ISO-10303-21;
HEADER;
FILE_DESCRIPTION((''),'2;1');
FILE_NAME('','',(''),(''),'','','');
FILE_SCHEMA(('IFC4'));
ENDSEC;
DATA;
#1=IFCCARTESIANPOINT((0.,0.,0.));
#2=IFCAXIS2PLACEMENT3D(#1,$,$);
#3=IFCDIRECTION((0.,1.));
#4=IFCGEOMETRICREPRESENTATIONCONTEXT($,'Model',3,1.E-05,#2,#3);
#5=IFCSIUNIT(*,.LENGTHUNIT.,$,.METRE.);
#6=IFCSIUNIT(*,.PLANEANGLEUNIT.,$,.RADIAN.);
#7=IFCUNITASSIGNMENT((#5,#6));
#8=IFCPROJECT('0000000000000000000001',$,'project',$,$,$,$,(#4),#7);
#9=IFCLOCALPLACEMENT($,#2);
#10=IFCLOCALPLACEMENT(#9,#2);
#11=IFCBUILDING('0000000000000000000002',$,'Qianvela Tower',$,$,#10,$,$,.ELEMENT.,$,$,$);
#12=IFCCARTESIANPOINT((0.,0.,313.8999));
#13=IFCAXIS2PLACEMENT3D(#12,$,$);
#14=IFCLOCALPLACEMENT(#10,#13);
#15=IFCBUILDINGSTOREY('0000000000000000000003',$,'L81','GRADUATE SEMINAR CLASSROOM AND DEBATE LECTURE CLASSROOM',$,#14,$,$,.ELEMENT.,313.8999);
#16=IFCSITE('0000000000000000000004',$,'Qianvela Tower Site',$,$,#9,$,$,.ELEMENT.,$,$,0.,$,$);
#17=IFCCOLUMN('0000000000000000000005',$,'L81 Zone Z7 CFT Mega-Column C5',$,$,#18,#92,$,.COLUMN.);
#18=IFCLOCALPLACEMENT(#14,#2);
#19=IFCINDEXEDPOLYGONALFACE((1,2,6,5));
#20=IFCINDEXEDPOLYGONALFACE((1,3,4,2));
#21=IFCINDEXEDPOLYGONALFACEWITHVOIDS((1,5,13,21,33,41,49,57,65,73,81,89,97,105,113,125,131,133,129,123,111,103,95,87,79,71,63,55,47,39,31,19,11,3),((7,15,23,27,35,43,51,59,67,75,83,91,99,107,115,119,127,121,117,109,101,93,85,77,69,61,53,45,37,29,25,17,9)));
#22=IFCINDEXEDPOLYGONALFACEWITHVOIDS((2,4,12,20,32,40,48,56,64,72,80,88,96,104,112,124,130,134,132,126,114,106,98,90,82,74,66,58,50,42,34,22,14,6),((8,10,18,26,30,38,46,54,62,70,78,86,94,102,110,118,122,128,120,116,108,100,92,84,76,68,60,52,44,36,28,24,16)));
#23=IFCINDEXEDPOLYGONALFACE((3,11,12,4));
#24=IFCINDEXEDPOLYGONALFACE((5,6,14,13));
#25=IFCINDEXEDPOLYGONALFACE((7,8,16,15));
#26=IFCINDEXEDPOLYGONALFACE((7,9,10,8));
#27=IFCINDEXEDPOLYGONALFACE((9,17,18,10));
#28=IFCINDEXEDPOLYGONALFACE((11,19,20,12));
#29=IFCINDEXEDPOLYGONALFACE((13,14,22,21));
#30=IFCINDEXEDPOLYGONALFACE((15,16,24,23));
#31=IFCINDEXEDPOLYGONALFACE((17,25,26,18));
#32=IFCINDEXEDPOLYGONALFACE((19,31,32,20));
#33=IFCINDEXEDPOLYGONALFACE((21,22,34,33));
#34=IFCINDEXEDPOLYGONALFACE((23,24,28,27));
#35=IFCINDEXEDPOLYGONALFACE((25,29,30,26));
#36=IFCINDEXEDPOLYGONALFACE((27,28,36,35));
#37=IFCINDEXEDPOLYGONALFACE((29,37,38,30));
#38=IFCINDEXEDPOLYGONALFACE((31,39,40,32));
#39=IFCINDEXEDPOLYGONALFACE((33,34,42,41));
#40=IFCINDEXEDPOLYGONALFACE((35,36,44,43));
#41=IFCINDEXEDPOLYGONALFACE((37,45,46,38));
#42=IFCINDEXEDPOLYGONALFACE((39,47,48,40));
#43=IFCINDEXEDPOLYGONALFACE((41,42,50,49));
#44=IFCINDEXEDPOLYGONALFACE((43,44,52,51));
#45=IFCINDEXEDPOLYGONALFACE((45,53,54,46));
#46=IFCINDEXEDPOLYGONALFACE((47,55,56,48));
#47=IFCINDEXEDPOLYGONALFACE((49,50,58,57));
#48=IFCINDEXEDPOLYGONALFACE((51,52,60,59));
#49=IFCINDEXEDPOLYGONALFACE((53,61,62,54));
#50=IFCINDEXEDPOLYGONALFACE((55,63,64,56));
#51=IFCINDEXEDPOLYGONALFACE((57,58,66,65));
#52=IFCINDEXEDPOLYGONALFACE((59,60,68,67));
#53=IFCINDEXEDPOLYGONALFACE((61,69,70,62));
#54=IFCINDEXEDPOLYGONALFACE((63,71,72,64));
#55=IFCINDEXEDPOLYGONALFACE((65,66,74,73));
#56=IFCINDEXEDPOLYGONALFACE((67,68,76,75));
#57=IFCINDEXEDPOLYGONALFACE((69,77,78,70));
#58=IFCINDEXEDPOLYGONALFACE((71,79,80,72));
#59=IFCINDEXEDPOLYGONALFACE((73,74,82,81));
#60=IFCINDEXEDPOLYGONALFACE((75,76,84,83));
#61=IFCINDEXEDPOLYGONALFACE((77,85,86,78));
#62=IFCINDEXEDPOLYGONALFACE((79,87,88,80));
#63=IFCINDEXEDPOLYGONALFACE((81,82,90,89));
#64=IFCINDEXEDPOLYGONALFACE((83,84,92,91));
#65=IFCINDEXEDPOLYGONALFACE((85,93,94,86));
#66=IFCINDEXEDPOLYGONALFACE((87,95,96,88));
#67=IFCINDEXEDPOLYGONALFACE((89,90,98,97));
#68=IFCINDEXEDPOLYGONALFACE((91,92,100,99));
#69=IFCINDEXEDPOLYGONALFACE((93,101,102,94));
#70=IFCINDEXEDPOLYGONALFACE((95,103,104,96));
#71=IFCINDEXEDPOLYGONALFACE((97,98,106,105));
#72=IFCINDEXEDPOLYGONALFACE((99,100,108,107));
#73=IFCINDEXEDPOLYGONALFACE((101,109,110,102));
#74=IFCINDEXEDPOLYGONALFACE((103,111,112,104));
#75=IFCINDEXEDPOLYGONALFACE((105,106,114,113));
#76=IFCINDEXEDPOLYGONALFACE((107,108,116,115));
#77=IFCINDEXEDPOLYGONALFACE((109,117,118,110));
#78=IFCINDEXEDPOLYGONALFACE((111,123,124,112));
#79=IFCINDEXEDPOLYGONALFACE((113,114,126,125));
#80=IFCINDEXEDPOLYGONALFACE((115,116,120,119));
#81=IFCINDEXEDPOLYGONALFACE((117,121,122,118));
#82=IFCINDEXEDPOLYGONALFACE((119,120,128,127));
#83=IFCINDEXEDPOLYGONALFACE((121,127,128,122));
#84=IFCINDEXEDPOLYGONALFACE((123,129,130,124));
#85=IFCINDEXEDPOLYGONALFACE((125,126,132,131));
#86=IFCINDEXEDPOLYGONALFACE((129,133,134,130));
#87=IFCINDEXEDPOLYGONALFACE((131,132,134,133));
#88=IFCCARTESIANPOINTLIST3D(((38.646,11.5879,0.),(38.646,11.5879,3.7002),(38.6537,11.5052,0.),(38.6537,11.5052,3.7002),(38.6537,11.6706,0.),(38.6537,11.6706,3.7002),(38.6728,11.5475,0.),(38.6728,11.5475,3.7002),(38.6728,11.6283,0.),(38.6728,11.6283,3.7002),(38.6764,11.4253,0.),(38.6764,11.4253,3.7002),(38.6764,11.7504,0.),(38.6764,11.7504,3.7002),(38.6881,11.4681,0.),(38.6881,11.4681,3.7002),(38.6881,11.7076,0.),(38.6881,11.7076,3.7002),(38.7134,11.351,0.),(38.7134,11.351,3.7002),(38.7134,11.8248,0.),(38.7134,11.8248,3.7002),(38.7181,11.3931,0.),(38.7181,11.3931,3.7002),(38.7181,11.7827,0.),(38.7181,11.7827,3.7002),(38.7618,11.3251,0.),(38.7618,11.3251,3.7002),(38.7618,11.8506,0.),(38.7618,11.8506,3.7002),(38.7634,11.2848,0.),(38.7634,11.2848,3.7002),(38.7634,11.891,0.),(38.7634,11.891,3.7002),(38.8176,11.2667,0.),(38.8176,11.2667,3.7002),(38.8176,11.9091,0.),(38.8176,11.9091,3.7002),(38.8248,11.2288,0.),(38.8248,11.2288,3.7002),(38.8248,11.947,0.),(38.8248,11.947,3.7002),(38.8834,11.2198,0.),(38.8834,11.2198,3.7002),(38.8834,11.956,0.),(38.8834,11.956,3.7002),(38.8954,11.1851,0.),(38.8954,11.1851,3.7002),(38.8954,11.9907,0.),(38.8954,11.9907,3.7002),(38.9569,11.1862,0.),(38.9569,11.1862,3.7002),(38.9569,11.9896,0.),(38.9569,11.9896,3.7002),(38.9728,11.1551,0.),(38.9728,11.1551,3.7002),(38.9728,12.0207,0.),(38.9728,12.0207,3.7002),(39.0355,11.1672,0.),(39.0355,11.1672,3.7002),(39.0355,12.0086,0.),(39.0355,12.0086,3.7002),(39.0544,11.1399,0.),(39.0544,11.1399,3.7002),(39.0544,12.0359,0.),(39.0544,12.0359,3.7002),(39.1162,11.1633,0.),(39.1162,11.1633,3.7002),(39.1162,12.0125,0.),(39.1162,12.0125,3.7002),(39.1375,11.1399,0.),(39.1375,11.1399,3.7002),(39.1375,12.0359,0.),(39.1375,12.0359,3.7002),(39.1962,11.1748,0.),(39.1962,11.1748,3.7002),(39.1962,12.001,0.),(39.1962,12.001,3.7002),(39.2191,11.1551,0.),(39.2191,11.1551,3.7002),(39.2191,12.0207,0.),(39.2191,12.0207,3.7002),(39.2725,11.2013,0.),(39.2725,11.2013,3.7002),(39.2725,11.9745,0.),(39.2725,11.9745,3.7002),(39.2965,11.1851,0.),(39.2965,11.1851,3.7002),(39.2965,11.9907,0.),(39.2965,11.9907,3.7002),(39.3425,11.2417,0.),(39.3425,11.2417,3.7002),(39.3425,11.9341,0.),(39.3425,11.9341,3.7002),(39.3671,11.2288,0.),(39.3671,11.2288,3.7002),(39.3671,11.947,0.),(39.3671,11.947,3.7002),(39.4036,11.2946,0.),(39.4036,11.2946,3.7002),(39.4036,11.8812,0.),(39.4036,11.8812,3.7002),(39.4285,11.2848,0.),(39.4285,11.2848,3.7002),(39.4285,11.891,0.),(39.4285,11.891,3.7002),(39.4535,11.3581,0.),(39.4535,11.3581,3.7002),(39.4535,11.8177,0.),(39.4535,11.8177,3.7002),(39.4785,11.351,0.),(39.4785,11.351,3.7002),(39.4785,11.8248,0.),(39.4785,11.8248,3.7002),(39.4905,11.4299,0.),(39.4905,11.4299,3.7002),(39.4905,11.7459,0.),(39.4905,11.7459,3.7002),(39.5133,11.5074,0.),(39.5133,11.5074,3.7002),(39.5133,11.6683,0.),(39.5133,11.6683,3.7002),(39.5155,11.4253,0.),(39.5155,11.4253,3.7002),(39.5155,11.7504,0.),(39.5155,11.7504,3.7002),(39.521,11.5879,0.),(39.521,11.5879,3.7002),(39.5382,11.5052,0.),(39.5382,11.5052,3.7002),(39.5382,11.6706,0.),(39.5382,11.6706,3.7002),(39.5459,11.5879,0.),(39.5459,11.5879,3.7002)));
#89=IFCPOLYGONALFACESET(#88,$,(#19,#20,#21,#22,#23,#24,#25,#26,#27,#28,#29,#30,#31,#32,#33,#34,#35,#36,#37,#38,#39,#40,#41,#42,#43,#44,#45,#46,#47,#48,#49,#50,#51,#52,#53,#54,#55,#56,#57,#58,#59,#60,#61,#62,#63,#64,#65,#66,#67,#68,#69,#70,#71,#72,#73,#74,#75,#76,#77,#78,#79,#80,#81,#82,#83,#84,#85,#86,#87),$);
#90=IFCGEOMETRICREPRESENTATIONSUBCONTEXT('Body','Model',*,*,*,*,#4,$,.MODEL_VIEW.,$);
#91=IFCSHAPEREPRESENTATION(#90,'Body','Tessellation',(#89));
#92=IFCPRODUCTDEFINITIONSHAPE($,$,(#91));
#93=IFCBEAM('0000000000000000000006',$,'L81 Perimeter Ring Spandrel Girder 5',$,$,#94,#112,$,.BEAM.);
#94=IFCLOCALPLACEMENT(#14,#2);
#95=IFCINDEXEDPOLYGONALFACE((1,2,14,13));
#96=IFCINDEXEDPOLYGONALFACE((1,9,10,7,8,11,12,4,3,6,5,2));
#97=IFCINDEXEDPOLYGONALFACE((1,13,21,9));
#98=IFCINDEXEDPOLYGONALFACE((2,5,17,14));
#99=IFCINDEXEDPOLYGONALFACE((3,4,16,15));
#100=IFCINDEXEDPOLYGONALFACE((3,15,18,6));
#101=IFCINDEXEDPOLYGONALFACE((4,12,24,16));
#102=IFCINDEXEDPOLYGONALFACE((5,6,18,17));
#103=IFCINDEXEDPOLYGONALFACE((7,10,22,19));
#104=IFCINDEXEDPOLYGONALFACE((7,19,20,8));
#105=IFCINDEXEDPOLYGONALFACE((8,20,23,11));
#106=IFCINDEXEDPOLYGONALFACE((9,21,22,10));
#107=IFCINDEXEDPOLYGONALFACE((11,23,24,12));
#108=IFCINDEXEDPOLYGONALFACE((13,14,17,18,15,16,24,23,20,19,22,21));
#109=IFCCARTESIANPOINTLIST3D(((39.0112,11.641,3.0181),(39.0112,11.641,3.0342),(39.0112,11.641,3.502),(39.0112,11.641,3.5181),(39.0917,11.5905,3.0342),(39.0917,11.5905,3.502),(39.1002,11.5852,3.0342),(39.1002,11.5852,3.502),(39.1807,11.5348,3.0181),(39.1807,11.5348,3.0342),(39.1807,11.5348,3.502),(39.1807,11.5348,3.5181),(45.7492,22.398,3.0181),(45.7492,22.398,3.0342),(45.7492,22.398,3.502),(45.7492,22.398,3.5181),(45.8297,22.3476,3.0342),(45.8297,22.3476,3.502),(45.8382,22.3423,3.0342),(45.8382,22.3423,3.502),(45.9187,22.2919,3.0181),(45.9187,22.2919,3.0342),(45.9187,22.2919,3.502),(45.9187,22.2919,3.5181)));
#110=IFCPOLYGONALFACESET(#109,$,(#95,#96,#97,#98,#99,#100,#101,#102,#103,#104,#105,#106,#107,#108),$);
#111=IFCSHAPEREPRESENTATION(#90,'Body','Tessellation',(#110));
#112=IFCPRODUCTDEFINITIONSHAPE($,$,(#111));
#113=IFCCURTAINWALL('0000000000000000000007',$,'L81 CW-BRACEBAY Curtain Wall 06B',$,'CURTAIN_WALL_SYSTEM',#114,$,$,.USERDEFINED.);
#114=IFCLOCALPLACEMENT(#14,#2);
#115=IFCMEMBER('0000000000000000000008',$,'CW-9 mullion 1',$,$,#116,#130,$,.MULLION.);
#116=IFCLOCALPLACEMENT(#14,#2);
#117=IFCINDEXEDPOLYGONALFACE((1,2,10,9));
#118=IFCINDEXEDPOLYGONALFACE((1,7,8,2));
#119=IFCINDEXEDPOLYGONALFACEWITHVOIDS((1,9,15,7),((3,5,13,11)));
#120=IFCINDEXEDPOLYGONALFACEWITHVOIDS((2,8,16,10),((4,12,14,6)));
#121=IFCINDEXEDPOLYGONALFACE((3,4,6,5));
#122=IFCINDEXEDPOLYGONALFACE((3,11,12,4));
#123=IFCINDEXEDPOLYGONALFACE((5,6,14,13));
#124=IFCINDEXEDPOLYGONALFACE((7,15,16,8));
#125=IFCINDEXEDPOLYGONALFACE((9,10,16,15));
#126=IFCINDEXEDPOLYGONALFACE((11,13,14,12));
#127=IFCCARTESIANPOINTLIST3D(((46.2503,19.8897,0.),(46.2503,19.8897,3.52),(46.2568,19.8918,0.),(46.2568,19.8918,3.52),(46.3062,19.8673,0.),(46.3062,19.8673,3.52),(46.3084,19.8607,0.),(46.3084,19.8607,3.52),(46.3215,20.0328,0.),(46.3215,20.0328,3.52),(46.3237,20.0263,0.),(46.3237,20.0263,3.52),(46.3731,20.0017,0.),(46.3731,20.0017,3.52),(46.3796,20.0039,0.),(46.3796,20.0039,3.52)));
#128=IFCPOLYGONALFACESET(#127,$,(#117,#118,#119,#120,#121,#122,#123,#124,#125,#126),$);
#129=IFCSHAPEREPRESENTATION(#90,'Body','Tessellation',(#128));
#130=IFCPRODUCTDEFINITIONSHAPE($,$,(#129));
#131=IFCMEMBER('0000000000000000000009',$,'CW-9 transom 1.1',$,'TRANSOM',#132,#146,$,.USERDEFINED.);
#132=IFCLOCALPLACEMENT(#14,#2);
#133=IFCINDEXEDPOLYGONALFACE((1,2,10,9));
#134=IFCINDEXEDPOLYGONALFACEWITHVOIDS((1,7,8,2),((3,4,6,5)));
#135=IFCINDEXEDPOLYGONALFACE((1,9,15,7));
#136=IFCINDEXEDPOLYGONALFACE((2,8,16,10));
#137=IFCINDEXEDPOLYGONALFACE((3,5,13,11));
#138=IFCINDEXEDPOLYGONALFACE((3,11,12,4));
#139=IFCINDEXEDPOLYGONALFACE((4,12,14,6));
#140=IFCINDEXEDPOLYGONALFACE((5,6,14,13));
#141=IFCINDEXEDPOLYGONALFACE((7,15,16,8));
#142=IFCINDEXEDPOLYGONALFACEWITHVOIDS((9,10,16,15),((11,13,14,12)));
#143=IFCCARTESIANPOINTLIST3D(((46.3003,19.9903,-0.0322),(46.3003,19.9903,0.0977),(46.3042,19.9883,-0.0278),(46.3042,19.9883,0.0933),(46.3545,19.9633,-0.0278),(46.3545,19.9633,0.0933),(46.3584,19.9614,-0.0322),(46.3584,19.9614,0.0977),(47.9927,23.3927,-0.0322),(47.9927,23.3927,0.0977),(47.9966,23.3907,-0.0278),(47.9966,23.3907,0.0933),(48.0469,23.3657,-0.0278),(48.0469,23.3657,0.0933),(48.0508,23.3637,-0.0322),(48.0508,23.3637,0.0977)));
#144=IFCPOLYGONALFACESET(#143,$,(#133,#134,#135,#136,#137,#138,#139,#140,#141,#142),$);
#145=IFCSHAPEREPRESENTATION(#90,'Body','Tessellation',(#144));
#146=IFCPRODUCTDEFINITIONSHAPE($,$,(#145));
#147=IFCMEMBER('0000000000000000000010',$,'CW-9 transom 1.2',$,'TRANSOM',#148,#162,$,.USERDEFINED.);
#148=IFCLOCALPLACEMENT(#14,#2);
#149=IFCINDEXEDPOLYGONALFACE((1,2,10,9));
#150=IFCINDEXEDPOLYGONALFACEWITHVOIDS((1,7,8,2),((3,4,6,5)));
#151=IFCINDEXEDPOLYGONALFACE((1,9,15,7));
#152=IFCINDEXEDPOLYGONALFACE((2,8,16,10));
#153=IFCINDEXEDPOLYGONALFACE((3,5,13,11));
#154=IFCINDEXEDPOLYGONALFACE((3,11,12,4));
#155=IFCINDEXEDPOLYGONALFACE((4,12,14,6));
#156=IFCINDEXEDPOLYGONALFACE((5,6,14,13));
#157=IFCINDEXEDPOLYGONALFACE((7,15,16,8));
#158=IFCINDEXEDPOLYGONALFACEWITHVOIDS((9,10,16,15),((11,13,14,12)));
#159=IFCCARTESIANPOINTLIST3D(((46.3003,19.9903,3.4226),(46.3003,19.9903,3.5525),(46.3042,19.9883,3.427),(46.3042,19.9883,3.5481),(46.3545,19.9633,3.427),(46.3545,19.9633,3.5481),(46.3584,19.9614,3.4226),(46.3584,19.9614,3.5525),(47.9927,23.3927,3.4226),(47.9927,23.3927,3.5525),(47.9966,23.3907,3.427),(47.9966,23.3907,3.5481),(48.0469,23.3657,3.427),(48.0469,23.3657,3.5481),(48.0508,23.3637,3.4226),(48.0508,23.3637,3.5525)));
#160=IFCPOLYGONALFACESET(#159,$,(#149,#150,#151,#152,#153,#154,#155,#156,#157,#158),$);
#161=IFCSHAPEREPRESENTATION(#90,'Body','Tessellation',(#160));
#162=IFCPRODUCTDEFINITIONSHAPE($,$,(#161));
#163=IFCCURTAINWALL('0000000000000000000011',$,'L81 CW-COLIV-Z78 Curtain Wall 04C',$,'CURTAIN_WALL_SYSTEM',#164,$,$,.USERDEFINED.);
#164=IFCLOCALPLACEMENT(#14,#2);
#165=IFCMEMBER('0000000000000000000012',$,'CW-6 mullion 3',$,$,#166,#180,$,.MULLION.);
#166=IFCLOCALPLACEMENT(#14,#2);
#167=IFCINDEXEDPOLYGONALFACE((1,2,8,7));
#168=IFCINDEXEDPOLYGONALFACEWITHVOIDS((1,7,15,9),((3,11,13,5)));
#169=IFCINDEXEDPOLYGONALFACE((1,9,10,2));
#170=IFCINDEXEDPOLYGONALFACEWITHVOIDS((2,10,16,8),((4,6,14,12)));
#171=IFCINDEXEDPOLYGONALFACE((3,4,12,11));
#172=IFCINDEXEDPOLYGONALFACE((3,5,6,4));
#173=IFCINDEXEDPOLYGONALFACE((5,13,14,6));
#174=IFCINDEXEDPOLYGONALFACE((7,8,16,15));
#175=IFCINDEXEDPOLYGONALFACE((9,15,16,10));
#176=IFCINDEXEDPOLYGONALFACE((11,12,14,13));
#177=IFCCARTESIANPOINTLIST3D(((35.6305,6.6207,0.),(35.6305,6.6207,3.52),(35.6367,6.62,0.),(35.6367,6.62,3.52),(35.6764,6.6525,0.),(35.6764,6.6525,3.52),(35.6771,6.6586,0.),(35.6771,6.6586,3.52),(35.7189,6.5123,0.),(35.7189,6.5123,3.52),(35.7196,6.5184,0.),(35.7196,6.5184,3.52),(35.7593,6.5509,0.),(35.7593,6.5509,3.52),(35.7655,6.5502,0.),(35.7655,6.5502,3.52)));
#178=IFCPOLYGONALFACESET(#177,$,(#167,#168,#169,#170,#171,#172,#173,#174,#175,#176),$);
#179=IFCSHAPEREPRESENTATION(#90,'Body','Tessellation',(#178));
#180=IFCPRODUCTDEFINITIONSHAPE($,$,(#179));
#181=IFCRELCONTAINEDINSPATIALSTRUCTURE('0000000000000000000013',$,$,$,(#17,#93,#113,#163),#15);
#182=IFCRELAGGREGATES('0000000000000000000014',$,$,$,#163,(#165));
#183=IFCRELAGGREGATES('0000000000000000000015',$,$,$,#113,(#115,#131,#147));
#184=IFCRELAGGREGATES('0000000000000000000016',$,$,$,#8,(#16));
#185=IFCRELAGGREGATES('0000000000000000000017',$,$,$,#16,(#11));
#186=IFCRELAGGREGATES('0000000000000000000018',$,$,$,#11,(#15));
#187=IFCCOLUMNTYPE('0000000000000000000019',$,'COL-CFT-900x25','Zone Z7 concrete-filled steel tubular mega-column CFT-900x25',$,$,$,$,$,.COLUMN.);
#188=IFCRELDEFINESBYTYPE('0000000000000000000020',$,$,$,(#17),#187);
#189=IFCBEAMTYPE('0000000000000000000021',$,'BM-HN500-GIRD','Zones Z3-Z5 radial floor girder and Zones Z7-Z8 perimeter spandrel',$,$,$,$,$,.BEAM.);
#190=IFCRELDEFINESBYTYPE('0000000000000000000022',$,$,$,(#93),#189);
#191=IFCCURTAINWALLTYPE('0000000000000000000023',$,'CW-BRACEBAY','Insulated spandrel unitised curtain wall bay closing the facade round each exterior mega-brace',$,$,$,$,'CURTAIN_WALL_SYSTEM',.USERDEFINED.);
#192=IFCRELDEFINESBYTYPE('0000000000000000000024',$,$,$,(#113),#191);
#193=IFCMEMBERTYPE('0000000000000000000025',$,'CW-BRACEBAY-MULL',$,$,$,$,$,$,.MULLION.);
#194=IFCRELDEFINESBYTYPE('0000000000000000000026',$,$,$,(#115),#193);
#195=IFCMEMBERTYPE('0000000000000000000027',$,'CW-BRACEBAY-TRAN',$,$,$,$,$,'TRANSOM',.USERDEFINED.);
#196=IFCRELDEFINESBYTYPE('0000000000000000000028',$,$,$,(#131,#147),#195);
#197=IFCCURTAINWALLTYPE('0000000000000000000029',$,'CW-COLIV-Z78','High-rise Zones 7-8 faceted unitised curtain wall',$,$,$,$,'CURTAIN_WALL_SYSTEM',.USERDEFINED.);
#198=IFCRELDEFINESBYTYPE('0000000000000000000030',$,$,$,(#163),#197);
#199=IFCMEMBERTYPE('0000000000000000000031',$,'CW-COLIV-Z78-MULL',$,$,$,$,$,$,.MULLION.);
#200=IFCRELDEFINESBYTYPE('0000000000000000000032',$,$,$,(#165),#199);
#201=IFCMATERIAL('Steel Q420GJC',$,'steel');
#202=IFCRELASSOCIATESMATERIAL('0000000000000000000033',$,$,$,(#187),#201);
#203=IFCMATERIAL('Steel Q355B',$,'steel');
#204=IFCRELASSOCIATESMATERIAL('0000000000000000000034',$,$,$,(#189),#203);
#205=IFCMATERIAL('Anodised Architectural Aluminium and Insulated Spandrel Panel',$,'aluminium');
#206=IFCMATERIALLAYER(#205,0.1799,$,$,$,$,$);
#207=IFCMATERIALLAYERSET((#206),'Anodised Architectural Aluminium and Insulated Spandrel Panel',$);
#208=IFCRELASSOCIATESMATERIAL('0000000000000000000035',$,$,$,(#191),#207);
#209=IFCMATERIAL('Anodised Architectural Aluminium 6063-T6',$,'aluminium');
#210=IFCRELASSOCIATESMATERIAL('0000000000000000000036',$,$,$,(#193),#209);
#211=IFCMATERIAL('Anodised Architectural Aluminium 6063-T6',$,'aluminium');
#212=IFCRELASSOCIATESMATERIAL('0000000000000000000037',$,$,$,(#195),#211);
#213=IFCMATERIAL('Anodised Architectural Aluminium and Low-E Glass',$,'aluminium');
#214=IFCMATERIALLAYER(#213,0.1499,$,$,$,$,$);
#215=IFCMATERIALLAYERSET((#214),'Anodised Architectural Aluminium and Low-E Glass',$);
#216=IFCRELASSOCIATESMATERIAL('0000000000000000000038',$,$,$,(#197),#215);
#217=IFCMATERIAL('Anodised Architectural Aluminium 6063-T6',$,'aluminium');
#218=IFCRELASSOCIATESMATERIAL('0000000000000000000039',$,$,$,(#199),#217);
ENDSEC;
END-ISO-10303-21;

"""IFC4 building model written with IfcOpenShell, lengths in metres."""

from ifc_helpers import new_model, si_unit, direction, frame, origin, origin_2d, place, context, subcontext, project, spatial, hollow_rectangle, hollow_circle, i_section, extrude, material, layer, layer_set, material_profile, profile_set, type_object, element, aggregate, save


model = new_model("IFC4")

# Units and contexts
model_context = context("Model", 3, precision=1e-05, world=origin(), true_north=direction((0.0, 1.0)))
body_context = subcontext(model_context, "Body", "Model", "MODEL_VIEW")
ifc_project = project(units=[si_unit("LENGTHUNIT", "METRE"), si_unit("PLANEANGLEUNIT", "RADIAN")], contexts=[model_context])

# Site, building, storey
site_placement = place(None, origin())
site = spatial("IfcSite", under=ifc_project, at=site_placement, Name="Qianvela Tower Site", CompositionType="ELEMENT", RefElevation=0.0)
building_placement = place(site_placement, origin())
building = spatial("IfcBuilding", under=site, at=building_placement, Name="Qianvela Tower", CompositionType="ELEMENT")
storey_placement = place(building_placement, frame((0.0, 0.0, 313.8999)))
storey = spatial("IfcBuildingStorey", under=building, at=storey_placement, Name="L81", Description="GRADUATE SEMINAR CLASSROOM AND DEBATE LECTURE CLASSROOM", CompositionType="ELEMENT", Elevation=313.8999)

# Column
ifc_material_1 = material(Name="Steel Q420GJC", Category="steel")
ifc_material_profile_1 = material_profile(ifc_material_1, hollow_circle(Radius=0.45, WallThickness=0.0249, at=origin_2d()), Name="CFT-900x25")
ifc_profile_set_1 = profile_set([ifc_material_profile_1], Name="Steel Q420GJC")
column_type = type_object("IfcColumnType", Name="COL-CFT-900x25", Description="Zone Z7 concrete-filled steel tubular mega-column CFT-900x25", PredefinedType="COLUMN", material=ifc_profile_set_1)
column_placement = place(storey_placement, frame((39.0959, 11.5879, 0.0), z_axis=(0.0, 0.0, 1.0), x_axis=(1.0, 0.0, 0.0)))
element("IfcColumn", 1, at=column_placement, inside=storey, type_object=column_type, Name="L81 Zone Z7 CFT Mega-Column C5", PredefinedType="COLUMN", context=body_context, shape_type="SweptSolid", body=[
    extrude(hollow_circle(Radius=0.45, WallThickness=0.0249, at=origin_2d()), origin(), (0.0, 0.0, 1.0), 3.7002),
])

# Beam
ifc_material_2 = material(Name="Steel Q355B", Category="steel")
ifc_material_profile_2 = material_profile(ifc_material_2, i_section(OverallWidth=0.2, OverallDepth=0.5, WebThickness=0.01, FlangeThickness=0.0161, at=origin_2d()), Name="HN500x200x10x16")
ifc_profile_set_2 = profile_set([ifc_material_profile_2], Name="Steel Q355B")
beam_type = type_object("IfcBeamType", Name="BM-HN500-GIRD", Description="Zones Z3-Z5 radial floor girder and Zones Z7-Z8 perimeter spandrel", PredefinedType="BEAM", material=ifc_profile_set_2)
beam_placement = place(storey_placement, frame((39.0959, 11.5879, 3.2681), z_axis=(0.530841, 0.847472, 0.0), x_axis=(-0.847472, 0.530841, 0.0)))
element("IfcBeam", 2, at=beam_placement, inside=storey, type_object=beam_type, Name="L81 Perimeter Ring Spandrel Girder 5", PredefinedType="BEAM", context=body_context, shape_type="SweptSolid", body=[
    extrude(i_section(OverallWidth=0.2, OverallDepth=0.5, WebThickness=0.01, FlangeThickness=0.0161, at=origin_2d()), origin(), (0.0, 0.0, 1.0), 12.6931),
])

# Curtain wall, members
ifc_material_3 = material(Name="Anodised Architectural Aluminium and Insulated Spandrel Panel", Category="aluminium")
ifc_layer_1 = layer(ifc_material_3, 0.1799)
ifc_layer_set_1 = layer_set([ifc_layer_1], Name="Anodised Architectural Aluminium and Insulated Spandrel Panel")
curtain_wall_type_1 = type_object("IfcCurtainWallType", Name="CW-BRACEBAY", Description="Insulated spandrel unitised curtain wall bay closing the facade round each exterior mega-brace", ElementType="CURTAIN_WALL_SYSTEM", PredefinedType="USERDEFINED", material=ifc_layer_set_1)
curtain_wall_1_placement = place(storey_placement, origin())
curtain_wall_1 = element("IfcCurtainWall", 3, at=curtain_wall_1_placement, inside=storey, type_object=curtain_wall_type_1, Name="L81 CW-BRACEBAY Curtain Wall 06B", ObjectType="CURTAIN_WALL_SYSTEM", PredefinedType="USERDEFINED")
ifc_material_4 = material(Name="Anodised Architectural Aluminium 6063-T6", Category="aluminium")
ifc_material_profile_3 = material_profile(ifc_material_4, hollow_rectangle(XDim=0.0649, YDim=0.1599, WallThickness=0.0049, at=origin_2d()), Name="ALU-MULL-65x160")
ifc_profile_set_3 = profile_set([ifc_material_profile_3], Name="Anodised Architectural Aluminium 6063-T6")
member_type_1 = type_object("IfcMemberType", Name="CW-BRACEBAY-MULL", PredefinedType="MULLION", material=ifc_profile_set_3)
member_1_placement = place(storey_placement, frame((46.3149, 19.9468, 0.0), z_axis=(0.0, 0.0, 1.0), x_axis=(-0.895346, 0.44537, 0.0)))
member_1 = element("IfcMember", 4, at=member_1_placement, type_object=member_type_1, Name="CW-9 mullion 1", PredefinedType="MULLION", context=body_context, shape_type="SweptSolid", body=[
    extrude(hollow_rectangle(XDim=0.0649, YDim=0.1599, WallThickness=0.0049, at=origin_2d()), origin(), (0.0, 0.0, 1.0), 3.52),
])
ifc_material_5 = material(Name="Anodised Architectural Aluminium 6063-T6", Category="aluminium")
ifc_material_profile_4 = material_profile(ifc_material_5, hollow_rectangle(XDim=0.0649, YDim=0.1299, WallThickness=0.0044, at=origin_2d()), Name="ALU-TRAN-65x130")
ifc_profile_set_4 = profile_set([ifc_material_profile_4], Name="Anodised Architectural Aluminium 6063-T6")
member_type_2 = type_object("IfcMemberType", Name="CW-BRACEBAY-TRAN", ElementType="TRANSOM", PredefinedType="USERDEFINED", material=ifc_profile_set_4)
member_2_placement = place(storey_placement, frame((46.3293, 19.9758, 0.0327), z_axis=(0.445362, 0.89535, 0.0), x_axis=(-0.89535, 0.445362, 0.0)))
member_2 = element("IfcMember", 5, at=member_2_placement, type_object=member_type_2, Name="CW-9 transom 1.1", ObjectType="TRANSOM", PredefinedType="USERDEFINED", context=body_context, shape_type="SweptSolid", body=[
    extrude(hollow_rectangle(XDim=0.0649, YDim=0.1299, WallThickness=0.0044, at=origin_2d()), origin(), (0.0, 0.0, 1.0), 3.8),
])
member_3_placement = place(storey_placement, frame((46.3293, 19.9758, 3.4875), z_axis=(0.445362, 0.89535, 0.0), x_axis=(-0.89535, 0.445362, 0.0)))
member_3 = element("IfcMember", 6, at=member_3_placement, type_object=member_type_2, Name="CW-9 transom 1.2", ObjectType="TRANSOM", PredefinedType="USERDEFINED", context=body_context, shape_type="SweptSolid", body=[
    extrude(hollow_rectangle(XDim=0.0649, YDim=0.1299, WallThickness=0.0044, at=origin_2d()), origin(), (0.0, 0.0, 1.0), 3.8),
])

# Curtain wall, member
ifc_material_6 = material(Name="Anodised Architectural Aluminium and Low-E Glass", Category="aluminium")
ifc_layer_2 = layer(ifc_material_6, 0.1499)
ifc_layer_set_2 = layer_set([ifc_layer_2], Name="Anodised Architectural Aluminium and Low-E Glass")
curtain_wall_type_2 = type_object("IfcCurtainWallType", Name="CW-COLIV-Z78", Description="High-rise Zones 7-8 faceted unitised curtain wall", ElementType="CURTAIN_WALL_SYSTEM", PredefinedType="USERDEFINED", material=ifc_layer_set_2)
curtain_wall_2_placement = place(storey_placement, origin())
curtain_wall_2 = element("IfcCurtainWall", 7, at=curtain_wall_2_placement, inside=storey, type_object=curtain_wall_type_2, Name="L81 CW-COLIV-Z78 Curtain Wall 04C", ObjectType="CURTAIN_WALL_SYSTEM", PredefinedType="USERDEFINED")
ifc_material_7 = material(Name="Anodised Architectural Aluminium 6063-T6", Category="aluminium")
ifc_material_profile_5 = material_profile(ifc_material_7, hollow_rectangle(XDim=0.0601, YDim=0.1399, WallThickness=0.0044, at=origin_2d()), Name="ALU-MULL-60x140")
ifc_profile_set_5 = profile_set([ifc_material_profile_5], Name="Anodised Architectural Aluminium 6063-T6")
member_type_3 = type_object("IfcMemberType", Name="CW-COLIV-Z78-MULL", PredefinedType="MULLION", material=ifc_profile_set_5)
member_4_placement = place(storey_placement, frame((35.698, 6.5854, 0.0), z_axis=(0.0, 0.0, 1.0), x_axis=(0.774944, 0.63203, 0.0)))
member_4 = element("IfcMember", 8, at=member_4_placement, type_object=member_type_3, Name="CW-6 mullion 3", PredefinedType="MULLION", context=body_context, shape_type="SweptSolid", body=[
    extrude(hollow_rectangle(XDim=0.0601, YDim=0.1399, WallThickness=0.0044, at=origin_2d()), origin(), (0.0, 0.0, 1.0), 3.52),
])
aggregate(curtain_wall_2, [member_4])

aggregate(curtain_wall_1, [member_1, member_2, member_3])

save(model, "model.ifc")
